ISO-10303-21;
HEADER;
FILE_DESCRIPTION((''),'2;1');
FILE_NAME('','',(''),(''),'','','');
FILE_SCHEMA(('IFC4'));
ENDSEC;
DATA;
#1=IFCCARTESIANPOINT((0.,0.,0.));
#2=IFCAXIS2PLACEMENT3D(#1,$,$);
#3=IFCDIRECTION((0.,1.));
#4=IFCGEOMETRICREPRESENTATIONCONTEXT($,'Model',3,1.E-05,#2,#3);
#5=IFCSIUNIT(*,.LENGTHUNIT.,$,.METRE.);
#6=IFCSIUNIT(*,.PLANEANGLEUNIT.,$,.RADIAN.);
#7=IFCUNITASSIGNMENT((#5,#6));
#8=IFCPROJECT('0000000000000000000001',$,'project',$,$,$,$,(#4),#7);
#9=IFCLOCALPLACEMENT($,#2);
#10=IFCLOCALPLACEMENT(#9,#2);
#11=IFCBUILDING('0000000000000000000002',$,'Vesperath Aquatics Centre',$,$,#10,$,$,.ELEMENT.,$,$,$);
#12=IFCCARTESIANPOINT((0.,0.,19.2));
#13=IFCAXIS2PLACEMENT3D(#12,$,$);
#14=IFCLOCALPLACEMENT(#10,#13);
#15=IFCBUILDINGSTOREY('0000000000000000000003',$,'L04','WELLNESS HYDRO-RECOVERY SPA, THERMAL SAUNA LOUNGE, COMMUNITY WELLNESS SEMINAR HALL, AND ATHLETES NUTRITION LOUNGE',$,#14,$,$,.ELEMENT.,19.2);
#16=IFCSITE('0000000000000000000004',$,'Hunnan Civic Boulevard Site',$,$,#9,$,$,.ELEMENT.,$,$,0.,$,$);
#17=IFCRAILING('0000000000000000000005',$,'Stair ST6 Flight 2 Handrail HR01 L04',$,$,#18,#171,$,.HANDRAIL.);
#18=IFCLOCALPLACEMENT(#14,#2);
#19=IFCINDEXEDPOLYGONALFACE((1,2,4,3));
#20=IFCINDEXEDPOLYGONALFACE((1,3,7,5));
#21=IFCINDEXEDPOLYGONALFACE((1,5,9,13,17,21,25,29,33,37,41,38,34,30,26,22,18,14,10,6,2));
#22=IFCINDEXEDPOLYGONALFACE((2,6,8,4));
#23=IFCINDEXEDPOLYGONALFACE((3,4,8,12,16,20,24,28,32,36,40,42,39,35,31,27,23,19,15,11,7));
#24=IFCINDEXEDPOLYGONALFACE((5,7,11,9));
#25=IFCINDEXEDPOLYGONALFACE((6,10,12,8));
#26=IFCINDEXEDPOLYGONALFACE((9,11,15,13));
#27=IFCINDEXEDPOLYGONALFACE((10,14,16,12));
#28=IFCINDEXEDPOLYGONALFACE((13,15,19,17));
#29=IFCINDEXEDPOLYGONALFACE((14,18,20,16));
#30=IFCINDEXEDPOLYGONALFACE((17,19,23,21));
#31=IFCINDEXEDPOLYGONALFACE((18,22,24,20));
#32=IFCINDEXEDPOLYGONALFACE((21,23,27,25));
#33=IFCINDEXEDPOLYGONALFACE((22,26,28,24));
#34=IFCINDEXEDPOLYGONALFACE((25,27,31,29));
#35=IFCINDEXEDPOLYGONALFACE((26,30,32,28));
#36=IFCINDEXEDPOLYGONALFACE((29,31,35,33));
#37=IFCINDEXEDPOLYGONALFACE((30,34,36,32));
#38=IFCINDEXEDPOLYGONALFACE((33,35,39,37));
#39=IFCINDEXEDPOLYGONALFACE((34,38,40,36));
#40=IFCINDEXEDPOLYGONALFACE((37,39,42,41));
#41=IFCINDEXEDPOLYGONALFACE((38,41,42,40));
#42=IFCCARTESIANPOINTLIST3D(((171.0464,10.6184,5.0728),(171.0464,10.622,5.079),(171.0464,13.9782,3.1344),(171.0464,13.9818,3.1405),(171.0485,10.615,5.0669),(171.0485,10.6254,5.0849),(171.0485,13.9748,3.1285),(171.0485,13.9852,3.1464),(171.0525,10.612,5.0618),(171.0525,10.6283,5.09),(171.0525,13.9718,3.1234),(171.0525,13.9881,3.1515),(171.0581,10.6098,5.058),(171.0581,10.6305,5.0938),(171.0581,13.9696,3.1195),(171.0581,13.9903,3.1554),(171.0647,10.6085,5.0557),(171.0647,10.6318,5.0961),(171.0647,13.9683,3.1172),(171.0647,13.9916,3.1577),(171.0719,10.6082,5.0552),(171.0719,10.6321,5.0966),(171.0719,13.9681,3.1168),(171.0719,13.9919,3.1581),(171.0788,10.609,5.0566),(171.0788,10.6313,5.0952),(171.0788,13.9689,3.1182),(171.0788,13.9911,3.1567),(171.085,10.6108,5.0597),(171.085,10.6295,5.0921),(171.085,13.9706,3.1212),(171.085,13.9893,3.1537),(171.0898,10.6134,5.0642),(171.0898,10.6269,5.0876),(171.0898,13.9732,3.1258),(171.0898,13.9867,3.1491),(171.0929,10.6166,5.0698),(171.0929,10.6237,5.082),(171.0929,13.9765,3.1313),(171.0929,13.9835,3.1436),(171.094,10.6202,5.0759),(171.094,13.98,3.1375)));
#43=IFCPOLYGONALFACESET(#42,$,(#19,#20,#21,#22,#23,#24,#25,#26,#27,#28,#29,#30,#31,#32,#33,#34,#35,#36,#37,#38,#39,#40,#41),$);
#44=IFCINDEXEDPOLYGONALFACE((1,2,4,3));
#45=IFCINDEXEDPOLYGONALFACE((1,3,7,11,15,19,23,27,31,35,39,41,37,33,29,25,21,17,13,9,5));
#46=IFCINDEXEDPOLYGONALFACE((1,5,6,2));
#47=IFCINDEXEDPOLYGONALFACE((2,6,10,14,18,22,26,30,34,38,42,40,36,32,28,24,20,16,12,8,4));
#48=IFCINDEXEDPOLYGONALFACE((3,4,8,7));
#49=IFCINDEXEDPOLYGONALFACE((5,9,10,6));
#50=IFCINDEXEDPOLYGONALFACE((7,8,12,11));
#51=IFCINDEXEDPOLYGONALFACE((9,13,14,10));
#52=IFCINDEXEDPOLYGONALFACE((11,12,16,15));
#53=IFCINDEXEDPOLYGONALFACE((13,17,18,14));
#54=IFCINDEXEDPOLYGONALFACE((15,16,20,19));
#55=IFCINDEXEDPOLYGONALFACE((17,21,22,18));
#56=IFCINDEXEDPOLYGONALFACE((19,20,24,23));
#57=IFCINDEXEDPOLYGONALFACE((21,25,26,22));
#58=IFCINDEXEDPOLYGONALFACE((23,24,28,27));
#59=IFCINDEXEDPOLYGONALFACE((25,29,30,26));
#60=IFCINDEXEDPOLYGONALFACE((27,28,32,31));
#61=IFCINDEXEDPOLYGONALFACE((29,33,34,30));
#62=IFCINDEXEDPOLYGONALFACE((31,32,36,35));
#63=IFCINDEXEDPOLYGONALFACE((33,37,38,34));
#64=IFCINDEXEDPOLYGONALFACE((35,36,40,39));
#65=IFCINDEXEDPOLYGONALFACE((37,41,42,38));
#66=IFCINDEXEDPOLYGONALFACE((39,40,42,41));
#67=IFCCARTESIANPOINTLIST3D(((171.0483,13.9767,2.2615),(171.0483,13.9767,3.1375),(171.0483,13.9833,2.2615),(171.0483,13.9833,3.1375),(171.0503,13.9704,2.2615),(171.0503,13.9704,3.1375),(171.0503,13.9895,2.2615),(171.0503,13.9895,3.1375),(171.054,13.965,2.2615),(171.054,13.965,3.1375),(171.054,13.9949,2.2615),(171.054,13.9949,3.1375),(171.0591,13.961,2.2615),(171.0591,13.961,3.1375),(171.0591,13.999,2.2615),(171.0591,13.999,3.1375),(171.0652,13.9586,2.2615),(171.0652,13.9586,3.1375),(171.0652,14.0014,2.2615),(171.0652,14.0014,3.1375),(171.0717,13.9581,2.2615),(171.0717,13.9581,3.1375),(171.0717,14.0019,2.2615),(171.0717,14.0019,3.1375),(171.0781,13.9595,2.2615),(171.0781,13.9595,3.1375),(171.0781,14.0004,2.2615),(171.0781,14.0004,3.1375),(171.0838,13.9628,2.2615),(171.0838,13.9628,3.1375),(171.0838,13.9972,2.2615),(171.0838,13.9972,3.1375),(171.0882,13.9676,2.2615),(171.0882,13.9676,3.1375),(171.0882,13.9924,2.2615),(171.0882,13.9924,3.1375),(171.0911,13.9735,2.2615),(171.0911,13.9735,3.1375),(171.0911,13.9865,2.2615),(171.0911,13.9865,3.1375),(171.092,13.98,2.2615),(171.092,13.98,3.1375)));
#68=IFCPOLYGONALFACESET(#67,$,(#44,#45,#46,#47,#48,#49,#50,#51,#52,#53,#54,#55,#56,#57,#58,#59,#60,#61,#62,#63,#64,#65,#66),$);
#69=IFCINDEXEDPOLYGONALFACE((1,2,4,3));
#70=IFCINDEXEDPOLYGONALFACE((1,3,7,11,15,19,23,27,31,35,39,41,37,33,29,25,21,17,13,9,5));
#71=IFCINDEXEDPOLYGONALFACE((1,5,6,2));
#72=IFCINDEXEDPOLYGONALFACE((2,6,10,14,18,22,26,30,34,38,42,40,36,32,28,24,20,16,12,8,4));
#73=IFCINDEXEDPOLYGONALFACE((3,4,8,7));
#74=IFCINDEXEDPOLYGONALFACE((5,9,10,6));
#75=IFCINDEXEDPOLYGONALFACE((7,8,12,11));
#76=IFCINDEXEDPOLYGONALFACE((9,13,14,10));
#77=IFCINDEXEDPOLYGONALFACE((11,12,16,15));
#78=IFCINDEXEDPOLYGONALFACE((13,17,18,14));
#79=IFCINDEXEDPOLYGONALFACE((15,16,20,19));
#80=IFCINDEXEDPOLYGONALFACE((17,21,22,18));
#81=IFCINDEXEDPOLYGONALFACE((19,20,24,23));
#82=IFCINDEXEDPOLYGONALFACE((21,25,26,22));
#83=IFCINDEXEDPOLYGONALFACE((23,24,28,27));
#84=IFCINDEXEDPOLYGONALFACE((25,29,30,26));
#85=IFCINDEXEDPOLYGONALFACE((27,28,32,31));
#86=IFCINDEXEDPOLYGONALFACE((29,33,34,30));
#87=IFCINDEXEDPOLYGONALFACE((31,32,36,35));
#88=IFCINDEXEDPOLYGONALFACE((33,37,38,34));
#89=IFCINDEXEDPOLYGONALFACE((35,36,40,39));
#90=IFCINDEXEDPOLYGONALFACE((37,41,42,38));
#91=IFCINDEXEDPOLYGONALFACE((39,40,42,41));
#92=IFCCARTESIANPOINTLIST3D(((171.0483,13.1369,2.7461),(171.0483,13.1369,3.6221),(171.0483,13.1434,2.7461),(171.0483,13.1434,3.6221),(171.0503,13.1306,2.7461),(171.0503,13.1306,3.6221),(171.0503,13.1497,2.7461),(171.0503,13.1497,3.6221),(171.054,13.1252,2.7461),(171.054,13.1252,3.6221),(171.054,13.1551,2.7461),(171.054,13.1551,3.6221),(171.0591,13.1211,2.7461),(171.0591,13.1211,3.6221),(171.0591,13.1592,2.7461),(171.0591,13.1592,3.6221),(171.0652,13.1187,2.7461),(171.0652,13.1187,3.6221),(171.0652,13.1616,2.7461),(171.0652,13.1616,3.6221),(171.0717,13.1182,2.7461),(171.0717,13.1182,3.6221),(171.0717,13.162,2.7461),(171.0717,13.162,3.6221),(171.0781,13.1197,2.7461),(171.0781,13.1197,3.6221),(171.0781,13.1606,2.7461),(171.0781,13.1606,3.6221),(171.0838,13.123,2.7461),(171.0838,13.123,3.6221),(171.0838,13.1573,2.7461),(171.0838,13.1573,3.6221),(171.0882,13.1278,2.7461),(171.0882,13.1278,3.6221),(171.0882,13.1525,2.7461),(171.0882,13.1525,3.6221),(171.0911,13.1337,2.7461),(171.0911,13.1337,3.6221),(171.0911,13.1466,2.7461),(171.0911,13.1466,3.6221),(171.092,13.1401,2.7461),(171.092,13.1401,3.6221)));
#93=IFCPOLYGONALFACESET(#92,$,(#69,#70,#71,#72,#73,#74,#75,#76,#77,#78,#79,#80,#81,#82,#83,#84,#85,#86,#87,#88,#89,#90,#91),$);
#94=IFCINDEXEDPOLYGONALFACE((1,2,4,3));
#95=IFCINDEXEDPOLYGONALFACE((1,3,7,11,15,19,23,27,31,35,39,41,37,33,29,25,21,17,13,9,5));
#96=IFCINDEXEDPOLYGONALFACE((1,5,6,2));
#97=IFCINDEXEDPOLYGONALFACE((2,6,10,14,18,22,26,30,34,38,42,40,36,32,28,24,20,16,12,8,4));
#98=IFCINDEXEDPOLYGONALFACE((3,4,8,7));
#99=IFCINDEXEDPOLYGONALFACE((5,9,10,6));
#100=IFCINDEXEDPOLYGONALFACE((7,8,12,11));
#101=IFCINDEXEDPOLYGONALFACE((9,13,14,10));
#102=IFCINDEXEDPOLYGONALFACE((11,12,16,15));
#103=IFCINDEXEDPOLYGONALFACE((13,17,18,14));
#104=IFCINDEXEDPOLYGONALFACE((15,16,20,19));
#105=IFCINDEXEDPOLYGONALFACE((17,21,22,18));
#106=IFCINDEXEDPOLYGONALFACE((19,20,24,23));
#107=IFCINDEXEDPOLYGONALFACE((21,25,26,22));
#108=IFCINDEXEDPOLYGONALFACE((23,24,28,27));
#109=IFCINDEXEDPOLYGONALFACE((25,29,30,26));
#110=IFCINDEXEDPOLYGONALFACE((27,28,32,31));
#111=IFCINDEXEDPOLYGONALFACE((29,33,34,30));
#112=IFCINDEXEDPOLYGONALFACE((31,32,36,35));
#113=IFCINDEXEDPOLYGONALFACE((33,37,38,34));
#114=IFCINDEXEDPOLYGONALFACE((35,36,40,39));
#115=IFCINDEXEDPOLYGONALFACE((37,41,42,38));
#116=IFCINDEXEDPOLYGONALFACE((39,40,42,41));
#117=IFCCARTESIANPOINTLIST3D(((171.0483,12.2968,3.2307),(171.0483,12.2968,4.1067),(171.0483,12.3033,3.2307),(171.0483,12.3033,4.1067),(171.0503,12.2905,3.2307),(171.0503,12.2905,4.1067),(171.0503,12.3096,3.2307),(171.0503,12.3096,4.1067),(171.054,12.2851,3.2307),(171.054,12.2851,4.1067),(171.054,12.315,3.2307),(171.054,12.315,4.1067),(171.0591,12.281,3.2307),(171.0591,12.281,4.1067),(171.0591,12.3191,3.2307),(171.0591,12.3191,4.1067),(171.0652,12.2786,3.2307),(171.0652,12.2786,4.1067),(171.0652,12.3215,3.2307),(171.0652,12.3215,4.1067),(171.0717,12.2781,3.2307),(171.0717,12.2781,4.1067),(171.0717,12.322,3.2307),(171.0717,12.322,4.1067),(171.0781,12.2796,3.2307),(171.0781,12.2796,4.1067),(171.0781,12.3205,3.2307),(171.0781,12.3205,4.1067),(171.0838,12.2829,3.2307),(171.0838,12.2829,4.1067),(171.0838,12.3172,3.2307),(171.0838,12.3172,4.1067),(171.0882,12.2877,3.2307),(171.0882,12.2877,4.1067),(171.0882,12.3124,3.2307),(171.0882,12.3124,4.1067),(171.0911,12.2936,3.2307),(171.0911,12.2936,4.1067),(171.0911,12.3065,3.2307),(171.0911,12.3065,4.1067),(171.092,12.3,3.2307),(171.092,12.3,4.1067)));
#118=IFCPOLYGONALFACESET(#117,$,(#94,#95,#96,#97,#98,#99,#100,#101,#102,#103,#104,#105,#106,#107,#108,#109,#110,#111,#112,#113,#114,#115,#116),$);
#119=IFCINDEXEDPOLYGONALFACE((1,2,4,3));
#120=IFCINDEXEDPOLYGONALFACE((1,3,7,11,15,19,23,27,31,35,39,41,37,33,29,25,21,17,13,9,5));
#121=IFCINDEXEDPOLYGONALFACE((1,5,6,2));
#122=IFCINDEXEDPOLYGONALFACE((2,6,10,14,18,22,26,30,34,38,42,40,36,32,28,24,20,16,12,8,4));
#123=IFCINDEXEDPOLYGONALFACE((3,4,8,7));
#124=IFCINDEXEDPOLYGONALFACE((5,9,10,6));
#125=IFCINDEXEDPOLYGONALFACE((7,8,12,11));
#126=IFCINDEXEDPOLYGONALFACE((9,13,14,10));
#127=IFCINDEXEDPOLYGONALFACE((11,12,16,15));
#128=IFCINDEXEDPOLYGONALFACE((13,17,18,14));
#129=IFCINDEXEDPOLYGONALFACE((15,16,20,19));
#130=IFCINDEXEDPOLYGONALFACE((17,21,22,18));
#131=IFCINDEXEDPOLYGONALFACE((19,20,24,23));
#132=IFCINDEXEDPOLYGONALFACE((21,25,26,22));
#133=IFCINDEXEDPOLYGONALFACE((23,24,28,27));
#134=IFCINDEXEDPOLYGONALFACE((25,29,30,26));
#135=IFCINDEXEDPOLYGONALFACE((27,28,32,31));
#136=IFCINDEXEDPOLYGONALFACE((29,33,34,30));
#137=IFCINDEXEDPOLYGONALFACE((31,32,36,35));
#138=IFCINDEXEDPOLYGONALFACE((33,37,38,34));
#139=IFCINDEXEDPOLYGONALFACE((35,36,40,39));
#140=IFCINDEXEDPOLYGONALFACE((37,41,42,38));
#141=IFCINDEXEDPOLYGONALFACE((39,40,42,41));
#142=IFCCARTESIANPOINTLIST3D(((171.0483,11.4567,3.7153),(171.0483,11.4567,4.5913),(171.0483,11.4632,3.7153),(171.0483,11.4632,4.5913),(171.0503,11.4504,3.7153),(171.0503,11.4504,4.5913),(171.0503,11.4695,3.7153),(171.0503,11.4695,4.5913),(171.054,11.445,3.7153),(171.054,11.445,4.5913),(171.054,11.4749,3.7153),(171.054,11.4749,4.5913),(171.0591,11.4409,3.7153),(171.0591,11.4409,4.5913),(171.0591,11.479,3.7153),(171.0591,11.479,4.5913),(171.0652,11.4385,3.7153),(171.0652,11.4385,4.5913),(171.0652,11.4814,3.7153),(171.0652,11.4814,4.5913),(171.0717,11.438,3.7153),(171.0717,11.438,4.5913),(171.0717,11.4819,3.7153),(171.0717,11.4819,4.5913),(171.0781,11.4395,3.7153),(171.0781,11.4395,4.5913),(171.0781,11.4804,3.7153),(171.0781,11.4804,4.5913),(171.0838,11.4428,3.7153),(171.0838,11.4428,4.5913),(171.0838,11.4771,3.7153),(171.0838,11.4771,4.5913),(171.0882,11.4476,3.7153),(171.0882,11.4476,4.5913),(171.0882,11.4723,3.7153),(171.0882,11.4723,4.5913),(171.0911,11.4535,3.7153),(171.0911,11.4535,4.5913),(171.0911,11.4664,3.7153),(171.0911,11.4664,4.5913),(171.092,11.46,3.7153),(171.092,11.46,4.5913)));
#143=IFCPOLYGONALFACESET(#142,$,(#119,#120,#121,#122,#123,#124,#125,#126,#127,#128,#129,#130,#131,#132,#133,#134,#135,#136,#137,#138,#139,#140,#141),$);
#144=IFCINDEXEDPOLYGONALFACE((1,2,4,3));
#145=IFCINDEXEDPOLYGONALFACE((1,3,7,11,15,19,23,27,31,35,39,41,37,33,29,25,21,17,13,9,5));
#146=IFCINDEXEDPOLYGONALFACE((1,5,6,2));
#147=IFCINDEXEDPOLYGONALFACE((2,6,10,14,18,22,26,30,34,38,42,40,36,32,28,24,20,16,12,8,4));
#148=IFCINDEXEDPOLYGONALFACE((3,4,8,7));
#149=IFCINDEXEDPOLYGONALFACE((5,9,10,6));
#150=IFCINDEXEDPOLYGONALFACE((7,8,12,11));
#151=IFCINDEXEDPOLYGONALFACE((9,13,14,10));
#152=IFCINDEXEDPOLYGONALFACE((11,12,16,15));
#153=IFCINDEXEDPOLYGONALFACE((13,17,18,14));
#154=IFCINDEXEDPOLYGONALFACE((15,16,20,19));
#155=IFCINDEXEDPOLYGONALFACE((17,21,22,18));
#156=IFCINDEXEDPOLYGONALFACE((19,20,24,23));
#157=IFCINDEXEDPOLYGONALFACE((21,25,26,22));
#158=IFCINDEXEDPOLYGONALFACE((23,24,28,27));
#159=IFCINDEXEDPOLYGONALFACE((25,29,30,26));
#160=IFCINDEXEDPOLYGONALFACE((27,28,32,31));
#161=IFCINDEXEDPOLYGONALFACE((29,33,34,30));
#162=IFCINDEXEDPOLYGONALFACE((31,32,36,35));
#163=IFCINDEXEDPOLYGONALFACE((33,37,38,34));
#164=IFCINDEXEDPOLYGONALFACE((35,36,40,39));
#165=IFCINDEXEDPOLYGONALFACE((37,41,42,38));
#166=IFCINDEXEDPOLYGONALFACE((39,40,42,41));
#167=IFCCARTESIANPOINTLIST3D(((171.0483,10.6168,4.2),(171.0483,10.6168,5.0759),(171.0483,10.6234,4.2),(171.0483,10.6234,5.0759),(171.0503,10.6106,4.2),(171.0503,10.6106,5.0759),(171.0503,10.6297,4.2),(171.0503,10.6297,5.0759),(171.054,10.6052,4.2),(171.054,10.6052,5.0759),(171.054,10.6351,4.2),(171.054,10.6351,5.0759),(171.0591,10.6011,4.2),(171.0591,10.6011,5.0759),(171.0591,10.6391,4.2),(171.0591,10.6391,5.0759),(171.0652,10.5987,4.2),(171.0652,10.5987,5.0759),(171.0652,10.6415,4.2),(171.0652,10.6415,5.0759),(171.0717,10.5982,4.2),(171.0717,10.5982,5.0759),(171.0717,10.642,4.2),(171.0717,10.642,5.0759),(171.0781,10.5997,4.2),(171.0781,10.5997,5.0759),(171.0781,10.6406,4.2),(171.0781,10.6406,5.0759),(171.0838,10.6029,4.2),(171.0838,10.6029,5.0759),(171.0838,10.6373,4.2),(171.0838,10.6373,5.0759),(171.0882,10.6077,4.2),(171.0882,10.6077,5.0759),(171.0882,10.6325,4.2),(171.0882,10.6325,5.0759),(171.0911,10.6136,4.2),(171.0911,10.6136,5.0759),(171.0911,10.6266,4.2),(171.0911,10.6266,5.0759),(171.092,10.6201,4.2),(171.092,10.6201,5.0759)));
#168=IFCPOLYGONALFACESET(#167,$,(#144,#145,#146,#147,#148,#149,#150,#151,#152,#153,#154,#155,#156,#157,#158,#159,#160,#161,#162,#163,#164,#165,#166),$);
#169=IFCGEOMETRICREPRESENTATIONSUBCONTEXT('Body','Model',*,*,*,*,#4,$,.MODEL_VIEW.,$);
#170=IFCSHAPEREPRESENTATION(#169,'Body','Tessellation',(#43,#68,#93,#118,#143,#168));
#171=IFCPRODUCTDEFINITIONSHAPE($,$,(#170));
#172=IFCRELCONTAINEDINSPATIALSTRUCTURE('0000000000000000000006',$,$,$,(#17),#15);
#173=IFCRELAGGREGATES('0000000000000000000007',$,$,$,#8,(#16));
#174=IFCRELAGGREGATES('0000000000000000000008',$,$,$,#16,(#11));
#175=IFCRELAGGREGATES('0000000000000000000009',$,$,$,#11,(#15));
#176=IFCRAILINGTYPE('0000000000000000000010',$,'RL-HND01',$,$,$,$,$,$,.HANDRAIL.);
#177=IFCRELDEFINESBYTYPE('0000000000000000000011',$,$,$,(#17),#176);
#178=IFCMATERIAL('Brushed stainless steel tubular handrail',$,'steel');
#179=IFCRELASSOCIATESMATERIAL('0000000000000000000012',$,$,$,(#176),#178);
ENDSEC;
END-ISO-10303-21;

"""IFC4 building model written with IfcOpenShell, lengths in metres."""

from ifc_helpers import new_model, si_unit, direction, frame, origin, origin_2d, place, context, subcontext, project, spatial, circle, extrude, material, type_object, element, save


model = new_model("IFC4")

# Units and contexts
model_context = context("Model", 3, precision=1e-05, world=origin(), true_north=direction((0.0, 1.0)))
body_context = subcontext(model_context, "Body", "Model", "MODEL_VIEW")
ifc_project = project(units=[si_unit("LENGTHUNIT", "METRE"), si_unit("PLANEANGLEUNIT", "RADIAN")], contexts=[model_context])

# Site, building, storey
site_placement = place(None, origin())
site = spatial("IfcSite", under=ifc_project, at=site_placement, Name="Hunnan Civic Boulevard Site", CompositionType="ELEMENT", RefElevation=0.0)
building_placement = place(site_placement, origin())
building = spatial("IfcBuilding", under=site, at=building_placement, Name="Vesperath Aquatics Centre", CompositionType="ELEMENT")
storey_placement = place(building_placement, frame((0.0, 0.0, 19.2)))
storey = spatial("IfcBuildingStorey", under=building, at=storey_placement, Name="L04", Description="WELLNESS HYDRO-RECOVERY SPA, THERMAL SAUNA LOUNGE, COMMUNITY WELLNESS SEMINAR HALL, AND ATHLETES NUTRITION LOUNGE", CompositionType="ELEMENT", Elevation=19.2)

# Railing
ifc_material_1 = material(Name="Brushed stainless steel tubular handrail", Category="steel")
railing_type_1 = type_object("IfcRailingType", Name="RL-HND01", PredefinedType="HANDRAIL", material=ifc_material_1)
railing_1_placement = place(storey_placement, frame((171.0701, 13.98, 2.2615)))
element("IfcRailing", 1, at=railing_1_placement, inside=storey, type_object=railing_type_1, Name="Stair ST6 Flight 2 Handrail HR01 L04", PredefinedType="HANDRAIL", context=body_context, shape_type="SweptSolid", body=[
    extrude(circle(Radius=0.0239, at=origin_2d()), frame((0.0, 0.0, 0.876), z_axis=(0.0, -0.866175, 0.499741), x_axis=(1.0, 0.0, 0.0)), (0.0, 0.0, 1.0), 3.8789),
    extrude(circle(Radius=0.022, at=origin_2d()), origin(), (0.0, 0.0, 1.0), 0.876),
    extrude(circle(Radius=0.022, at=origin_2d()), frame((0.0, -0.8398, 0.4846)), (0.0, 0.0, 1.0), 0.876),
    extrude(circle(Radius=0.022, at=origin_2d()), frame((0.0, -1.6799, 0.9692)), (0.0, 0.0, 1.0), 0.876),
    extrude(circle(Radius=0.022, at=origin_2d()), frame((0.0, -2.52, 1.4539)), (0.0, 0.0, 1.0), 0.876),
    extrude(circle(Radius=0.022, at=origin_2d()), frame((0.0, -3.3599, 1.9385)), (0.0, 0.0, 1.0), 0.876),
])

save(model, "model.ifc")
